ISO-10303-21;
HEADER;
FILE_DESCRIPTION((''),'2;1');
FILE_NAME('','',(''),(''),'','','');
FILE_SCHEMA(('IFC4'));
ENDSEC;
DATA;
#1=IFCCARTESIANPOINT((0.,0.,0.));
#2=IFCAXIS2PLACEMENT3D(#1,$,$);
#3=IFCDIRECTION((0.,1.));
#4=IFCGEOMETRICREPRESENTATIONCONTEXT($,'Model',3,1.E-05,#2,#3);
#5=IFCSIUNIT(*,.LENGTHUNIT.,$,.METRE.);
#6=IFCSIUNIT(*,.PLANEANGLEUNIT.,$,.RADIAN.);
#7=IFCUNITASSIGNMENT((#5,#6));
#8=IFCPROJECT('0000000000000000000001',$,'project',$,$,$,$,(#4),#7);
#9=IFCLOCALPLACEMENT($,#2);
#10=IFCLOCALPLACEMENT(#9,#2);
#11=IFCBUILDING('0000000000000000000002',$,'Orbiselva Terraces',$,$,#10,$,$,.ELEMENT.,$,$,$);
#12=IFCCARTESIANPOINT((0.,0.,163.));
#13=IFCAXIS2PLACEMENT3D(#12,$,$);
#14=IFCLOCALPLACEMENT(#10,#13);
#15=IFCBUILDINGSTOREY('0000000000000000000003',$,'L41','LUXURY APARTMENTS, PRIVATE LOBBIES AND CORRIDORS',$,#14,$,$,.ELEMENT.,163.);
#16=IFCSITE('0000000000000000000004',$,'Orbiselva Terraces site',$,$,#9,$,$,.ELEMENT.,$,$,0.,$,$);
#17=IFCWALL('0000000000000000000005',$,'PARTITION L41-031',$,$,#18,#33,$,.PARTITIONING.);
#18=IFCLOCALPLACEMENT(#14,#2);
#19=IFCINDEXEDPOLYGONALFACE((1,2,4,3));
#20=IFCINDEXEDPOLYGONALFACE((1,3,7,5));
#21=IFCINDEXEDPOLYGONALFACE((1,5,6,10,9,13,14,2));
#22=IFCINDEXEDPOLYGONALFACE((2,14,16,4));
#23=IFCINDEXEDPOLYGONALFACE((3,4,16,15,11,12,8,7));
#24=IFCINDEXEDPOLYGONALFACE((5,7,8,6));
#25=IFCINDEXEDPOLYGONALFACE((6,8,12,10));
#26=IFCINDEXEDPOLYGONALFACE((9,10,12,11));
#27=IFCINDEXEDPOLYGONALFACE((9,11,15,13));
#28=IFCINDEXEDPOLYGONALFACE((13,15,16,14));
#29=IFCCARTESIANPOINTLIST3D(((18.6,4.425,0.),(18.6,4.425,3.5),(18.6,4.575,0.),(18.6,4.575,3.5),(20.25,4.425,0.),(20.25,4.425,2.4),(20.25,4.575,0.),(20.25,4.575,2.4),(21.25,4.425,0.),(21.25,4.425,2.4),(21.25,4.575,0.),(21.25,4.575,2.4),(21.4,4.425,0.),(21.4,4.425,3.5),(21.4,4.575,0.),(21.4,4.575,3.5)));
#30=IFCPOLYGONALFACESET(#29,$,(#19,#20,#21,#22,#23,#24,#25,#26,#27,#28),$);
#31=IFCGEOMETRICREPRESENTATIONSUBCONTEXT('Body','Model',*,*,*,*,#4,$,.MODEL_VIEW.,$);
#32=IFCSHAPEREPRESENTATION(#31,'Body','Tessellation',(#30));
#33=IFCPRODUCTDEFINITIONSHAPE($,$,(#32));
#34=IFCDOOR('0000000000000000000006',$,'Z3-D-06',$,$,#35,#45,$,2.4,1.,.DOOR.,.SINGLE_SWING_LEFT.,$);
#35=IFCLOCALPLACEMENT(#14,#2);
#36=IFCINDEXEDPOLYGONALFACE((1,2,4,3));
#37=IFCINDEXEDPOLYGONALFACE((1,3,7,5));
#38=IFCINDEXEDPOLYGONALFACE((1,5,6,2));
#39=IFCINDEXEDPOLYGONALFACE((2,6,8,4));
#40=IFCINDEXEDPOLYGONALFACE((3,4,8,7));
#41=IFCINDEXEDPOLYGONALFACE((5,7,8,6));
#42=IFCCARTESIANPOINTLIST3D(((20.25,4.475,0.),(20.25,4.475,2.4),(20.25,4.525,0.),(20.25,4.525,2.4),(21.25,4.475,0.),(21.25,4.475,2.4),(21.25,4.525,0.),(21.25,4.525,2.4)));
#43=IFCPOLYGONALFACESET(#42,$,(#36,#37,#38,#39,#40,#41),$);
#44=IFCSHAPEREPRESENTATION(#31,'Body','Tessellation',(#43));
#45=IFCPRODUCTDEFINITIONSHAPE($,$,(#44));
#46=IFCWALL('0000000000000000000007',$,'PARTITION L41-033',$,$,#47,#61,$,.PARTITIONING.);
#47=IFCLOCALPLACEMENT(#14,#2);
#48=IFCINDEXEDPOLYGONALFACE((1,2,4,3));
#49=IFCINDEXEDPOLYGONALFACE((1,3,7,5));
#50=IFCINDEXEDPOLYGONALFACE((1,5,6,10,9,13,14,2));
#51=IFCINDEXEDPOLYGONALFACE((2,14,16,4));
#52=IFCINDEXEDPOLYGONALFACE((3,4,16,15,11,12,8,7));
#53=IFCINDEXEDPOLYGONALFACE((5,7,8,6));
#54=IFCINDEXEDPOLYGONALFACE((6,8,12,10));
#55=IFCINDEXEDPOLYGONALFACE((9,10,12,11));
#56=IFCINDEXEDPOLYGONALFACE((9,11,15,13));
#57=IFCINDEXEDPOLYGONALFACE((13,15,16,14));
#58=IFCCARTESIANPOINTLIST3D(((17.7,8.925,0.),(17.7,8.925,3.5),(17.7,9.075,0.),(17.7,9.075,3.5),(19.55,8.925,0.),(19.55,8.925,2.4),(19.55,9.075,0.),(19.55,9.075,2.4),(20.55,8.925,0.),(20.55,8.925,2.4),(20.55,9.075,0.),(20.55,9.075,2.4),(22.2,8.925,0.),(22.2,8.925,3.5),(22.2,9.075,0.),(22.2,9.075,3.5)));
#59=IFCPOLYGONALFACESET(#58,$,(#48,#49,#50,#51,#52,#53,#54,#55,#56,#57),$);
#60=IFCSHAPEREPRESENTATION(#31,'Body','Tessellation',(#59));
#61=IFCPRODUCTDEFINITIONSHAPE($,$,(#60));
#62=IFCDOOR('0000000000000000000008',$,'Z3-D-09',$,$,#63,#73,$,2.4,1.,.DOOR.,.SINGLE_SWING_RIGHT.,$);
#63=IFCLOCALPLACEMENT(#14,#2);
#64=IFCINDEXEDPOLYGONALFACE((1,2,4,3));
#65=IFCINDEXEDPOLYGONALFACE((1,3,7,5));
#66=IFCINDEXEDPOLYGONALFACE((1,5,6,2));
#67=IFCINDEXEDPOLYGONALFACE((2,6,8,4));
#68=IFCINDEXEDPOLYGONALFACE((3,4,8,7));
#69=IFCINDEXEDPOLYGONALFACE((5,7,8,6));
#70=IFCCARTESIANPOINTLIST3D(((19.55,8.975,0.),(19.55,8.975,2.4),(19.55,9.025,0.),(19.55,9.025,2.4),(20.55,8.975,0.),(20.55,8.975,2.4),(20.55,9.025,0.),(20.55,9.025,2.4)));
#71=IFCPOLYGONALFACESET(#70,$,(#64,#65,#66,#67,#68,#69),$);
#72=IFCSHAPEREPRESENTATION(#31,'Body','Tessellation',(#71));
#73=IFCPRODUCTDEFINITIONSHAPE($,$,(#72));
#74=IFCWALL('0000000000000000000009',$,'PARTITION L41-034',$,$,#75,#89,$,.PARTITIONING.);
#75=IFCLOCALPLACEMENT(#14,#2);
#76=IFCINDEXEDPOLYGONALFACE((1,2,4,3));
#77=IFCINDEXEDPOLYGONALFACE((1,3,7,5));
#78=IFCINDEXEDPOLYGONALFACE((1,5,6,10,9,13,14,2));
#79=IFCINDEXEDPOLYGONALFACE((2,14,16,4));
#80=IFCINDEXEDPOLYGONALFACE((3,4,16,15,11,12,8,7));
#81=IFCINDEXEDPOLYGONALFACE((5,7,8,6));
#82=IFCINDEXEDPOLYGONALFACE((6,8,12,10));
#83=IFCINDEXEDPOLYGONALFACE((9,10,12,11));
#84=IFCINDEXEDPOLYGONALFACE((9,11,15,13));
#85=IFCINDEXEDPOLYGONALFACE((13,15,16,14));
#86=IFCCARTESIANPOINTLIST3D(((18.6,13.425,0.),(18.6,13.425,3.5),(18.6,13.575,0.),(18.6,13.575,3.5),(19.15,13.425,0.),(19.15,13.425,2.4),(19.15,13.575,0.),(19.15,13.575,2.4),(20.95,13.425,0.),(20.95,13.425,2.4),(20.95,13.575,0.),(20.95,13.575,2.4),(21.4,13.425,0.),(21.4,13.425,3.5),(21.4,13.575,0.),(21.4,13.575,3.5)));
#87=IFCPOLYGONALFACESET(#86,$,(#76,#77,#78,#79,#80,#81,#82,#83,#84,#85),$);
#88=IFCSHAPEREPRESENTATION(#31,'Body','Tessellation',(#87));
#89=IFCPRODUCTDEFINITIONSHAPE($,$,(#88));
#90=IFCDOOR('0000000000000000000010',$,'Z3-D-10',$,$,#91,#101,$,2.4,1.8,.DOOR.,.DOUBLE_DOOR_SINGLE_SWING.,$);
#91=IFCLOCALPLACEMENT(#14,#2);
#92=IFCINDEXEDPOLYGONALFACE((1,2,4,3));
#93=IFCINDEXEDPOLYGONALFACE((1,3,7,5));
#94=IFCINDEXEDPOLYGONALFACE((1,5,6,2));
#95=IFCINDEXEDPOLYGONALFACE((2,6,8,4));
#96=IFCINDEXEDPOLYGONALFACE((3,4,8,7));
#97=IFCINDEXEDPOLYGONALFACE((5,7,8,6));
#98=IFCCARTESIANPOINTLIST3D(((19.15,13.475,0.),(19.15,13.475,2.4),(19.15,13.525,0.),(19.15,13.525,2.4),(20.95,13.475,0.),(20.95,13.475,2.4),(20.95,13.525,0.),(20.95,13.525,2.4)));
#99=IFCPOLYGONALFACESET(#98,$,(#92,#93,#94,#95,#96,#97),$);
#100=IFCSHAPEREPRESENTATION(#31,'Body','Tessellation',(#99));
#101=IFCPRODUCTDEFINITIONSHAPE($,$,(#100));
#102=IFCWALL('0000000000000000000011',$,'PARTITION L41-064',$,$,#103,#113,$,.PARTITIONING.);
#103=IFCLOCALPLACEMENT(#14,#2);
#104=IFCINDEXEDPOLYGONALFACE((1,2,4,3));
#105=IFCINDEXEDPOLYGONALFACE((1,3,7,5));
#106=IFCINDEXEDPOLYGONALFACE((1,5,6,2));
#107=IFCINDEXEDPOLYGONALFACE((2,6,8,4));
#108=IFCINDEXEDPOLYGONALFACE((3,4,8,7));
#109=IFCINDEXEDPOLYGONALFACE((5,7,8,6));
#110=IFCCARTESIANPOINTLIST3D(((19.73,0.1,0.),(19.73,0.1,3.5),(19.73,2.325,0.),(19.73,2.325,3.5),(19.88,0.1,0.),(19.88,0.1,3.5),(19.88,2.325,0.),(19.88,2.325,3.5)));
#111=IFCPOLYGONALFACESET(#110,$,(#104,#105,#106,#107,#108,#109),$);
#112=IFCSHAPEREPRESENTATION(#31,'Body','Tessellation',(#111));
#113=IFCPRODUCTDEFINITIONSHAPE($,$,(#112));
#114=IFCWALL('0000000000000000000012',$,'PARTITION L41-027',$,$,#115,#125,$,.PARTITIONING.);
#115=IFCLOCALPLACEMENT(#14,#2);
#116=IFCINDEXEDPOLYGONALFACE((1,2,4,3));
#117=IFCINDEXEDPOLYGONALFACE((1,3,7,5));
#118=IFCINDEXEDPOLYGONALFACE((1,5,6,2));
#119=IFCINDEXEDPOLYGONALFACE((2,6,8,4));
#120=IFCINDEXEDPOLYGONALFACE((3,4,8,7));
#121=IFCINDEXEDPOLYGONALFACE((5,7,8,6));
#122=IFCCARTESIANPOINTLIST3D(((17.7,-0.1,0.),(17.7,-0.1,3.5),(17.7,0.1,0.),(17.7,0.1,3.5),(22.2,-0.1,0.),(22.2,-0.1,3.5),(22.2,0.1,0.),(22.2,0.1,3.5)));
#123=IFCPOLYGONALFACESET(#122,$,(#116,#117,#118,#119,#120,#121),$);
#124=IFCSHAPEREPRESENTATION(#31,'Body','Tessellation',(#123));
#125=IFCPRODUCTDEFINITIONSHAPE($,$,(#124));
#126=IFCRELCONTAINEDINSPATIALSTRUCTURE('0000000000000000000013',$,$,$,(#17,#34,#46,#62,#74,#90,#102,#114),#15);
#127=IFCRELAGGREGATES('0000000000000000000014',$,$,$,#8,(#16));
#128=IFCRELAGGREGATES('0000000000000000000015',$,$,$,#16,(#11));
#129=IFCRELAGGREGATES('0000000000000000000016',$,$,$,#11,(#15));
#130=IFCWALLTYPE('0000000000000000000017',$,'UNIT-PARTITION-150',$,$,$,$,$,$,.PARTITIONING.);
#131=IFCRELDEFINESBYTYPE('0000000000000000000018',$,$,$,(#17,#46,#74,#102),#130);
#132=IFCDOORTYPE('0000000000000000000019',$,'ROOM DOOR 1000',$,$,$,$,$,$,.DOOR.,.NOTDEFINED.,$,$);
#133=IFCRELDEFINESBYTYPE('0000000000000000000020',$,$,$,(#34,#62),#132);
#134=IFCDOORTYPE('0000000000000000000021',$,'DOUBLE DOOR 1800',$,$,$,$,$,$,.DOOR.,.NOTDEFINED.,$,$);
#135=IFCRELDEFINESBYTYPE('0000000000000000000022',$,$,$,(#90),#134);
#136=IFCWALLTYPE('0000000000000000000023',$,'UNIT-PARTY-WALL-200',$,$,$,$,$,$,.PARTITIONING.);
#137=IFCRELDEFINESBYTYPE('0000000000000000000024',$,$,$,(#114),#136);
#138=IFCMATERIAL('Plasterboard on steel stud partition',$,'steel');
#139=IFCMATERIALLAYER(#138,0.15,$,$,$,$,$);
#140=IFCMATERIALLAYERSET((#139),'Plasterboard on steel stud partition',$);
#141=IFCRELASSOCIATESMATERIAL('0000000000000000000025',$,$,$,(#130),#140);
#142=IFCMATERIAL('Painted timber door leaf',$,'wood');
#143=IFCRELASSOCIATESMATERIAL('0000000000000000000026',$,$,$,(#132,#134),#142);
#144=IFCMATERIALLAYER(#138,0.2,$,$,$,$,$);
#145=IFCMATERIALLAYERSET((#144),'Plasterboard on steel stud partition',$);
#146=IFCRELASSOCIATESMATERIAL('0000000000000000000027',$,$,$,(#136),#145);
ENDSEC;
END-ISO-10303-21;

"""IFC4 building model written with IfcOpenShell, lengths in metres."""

from ifc_helpers import new_model, si_unit, direction, frame, frame_2d, origin, place, context, subcontext, project, spatial, rectangle, extrude, material, layer, layer_set, type_object, element, fill, save


model = new_model("IFC4")

# Units and contexts
model_context = context("Model", 3, precision=1e-05, world=origin(), true_north=direction((0.0, 1.0)))
body_context = subcontext(model_context, "Body", "Model", "MODEL_VIEW")
ifc_project = project(units=[si_unit("LENGTHUNIT", "METRE"), si_unit("PLANEANGLEUNIT", "RADIAN")], contexts=[model_context])

# Site, building, storey
site_placement = place(None, origin())
site = spatial("IfcSite", under=ifc_project, at=site_placement, Name="Orbiselva Terraces site", CompositionType="ELEMENT", RefElevation=0.0)
building_placement = place(site_placement, origin())
building = spatial("IfcBuilding", under=site, at=building_placement, Name="Orbiselva Terraces", CompositionType="ELEMENT")
storey_placement = place(building_placement, frame((0.0, 0.0, 163.0)))
storey = spatial("IfcBuildingStorey", under=building, at=storey_placement, Name="L41", Description="LUXURY APARTMENTS, PRIVATE LOBBIES AND CORRIDORS", CompositionType="ELEMENT", Elevation=163.0)

# Shared definitions
ifc_material_1 = material(Name="Plasterboard on steel stud partition", Category="steel")
ifc_material_2 = material(Name="Painted timber door leaf", Category="wood")

# Walls, openings, doors
ifc_layer_1 = layer(ifc_material_1, 0.15)
ifc_layer_set_1 = layer_set([ifc_layer_1], Name="Plasterboard on steel stud partition")
wall_type_1 = type_object("IfcWallType", Name="UNIT-PARTITION-150", PredefinedType="PARTITIONING", material=ifc_layer_set_1)
wall_1_placement = place(storey_placement, frame((21.4, 4.5, 0.0), z_axis=(0.0, 0.0, 1.0), x_axis=(-1.0, 0.0, 0.0)))
wall_1 = element("IfcWall", 1, at=wall_1_placement, inside=storey, type_object=wall_type_1, Name="PARTITION L41-031", PredefinedType="PARTITIONING", context=body_context, shape_type="SweptSolid", body=[
    extrude(rectangle(XDim=2.8, YDim=0.15, at=frame_2d((1.4, 0.0))), origin(), (0.0, 0.0, 1.0), 3.5),
])
opening_1_placement = place(wall_1_placement, frame((0.15, 0.0, 0.0)))
opening_1 = element("IfcOpeningElement", 2, at=opening_1_placement, cuts=wall_1, PredefinedType="OPENING", context=body_context, shape_type="SweptSolid", body=[
    extrude(rectangle(XDim=1.0, YDim=2.4, at=frame_2d((0.5, 1.2))), frame((0.0, 0.085, 0.0), z_axis=(0.0, -1.0, 0.0), x_axis=(1.0, 0.0, 0.0)), (0.0, 0.0, 1.0), 0.17),
])
door_type_1 = type_object("IfcDoorType", Name="ROOM DOOR 1000", OperationType="NOTDEFINED", PredefinedType="DOOR", material=ifc_material_2)
door_1_placement = place(opening_1_placement, origin())
door_1 = element("IfcDoor", 3, at=door_1_placement, inside=storey, type_object=door_type_1, Name="Z3-D-06", OperationType="SINGLE_SWING_LEFT", OverallHeight=2.4, OverallWidth=1.0, PredefinedType="DOOR", context=body_context, shape_type="SweptSolid", body=[
    extrude(rectangle(XDim=1.0, YDim=2.4, at=frame_2d((0.5, 1.2))), frame((0.0, 0.025, 0.0), z_axis=(0.0, -1.0, 0.0), x_axis=(1.0, 0.0, 0.0)), (0.0, 0.0, 1.0), 0.05),
])
fill(opening_1, door_1)
wall_2_placement = place(storey_placement, frame((17.7, 9.0, 0.0), z_axis=(0.0, 0.0, 1.0), x_axis=(1.0, 0.0, 0.0)))
wall_2 = element("IfcWall", 4, at=wall_2_placement, inside=storey, type_object=wall_type_1, Name="PARTITION L41-033", PredefinedType="PARTITIONING", context=body_context, shape_type="SweptSolid", body=[
    extrude(rectangle(XDim=4.5, YDim=0.15, at=frame_2d((2.25, 0.0))), origin(), (0.0, 0.0, 1.0), 3.5),
])
opening_2_placement = place(wall_2_placement, frame((1.85, 0.0, 0.0)))
opening_2 = element("IfcOpeningElement", 5, at=opening_2_placement, cuts=wall_2, PredefinedType="OPENING", context=body_context, shape_type="SweptSolid", body=[
    extrude(rectangle(XDim=1.0, YDim=2.4, at=frame_2d((0.5, 1.2))), frame((0.0, 0.085, 0.0), z_axis=(0.0, -1.0, 0.0), x_axis=(1.0, 0.0, 0.0)), (0.0, 0.0, 1.0), 0.17),
])
door_2_placement = place(opening_2_placement, origin())
door_2 = element("IfcDoor", 6, at=door_2_placement, inside=storey, type_object=door_type_1, Name="Z3-D-09", OperationType="SINGLE_SWING_RIGHT", OverallHeight=2.4, OverallWidth=1.0, PredefinedType="DOOR", context=body_context, shape_type="SweptSolid", body=[
    extrude(rectangle(XDim=1.0, YDim=2.4, at=frame_2d((0.5, 1.2))), frame((0.0, 0.025, 0.0), z_axis=(0.0, -1.0, 0.0), x_axis=(1.0, 0.0, 0.0)), (0.0, 0.0, 1.0), 0.05),
])
fill(opening_2, door_2)
wall_3_placement = place(storey_placement, frame((18.6, 13.5, 0.0), z_axis=(0.0, 0.0, 1.0), x_axis=(1.0, 0.0, 0.0)))
wall_3 = element("IfcWall", 7, at=wall_3_placement, inside=storey, type_object=wall_type_1, Name="PARTITION L41-034", PredefinedType="PARTITIONING", context=body_context, shape_type="SweptSolid", body=[
    extrude(rectangle(XDim=2.8, YDim=0.15, at=frame_2d((1.4, 0.0))), origin(), (0.0, 0.0, 1.0), 3.5),
])
opening_3_placement = place(wall_3_placement, frame((0.55, 0.0, 0.0)))
opening_3 = element("IfcOpeningElement", 8, at=opening_3_placement, cuts=wall_3, PredefinedType="OPENING", context=body_context, shape_type="SweptSolid", body=[
    extrude(rectangle(XDim=1.8, YDim=2.4, at=frame_2d((0.9, 1.2))), frame((0.0, 0.085, 0.0), z_axis=(0.0, -1.0, 0.0), x_axis=(1.0, 0.0, 0.0)), (0.0, 0.0, 1.0), 0.17),
])
door_type_2 = type_object("IfcDoorType", Name="DOUBLE DOOR 1800", OperationType="NOTDEFINED", PredefinedType="DOOR", material=ifc_material_2)
door_3_placement = place(opening_3_placement, origin())
door_3 = element("IfcDoor", 9, at=door_3_placement, inside=storey, type_object=door_type_2, Name="Z3-D-10", OperationType="DOUBLE_DOOR_SINGLE_SWING", OverallHeight=2.4, OverallWidth=1.8, PredefinedType="DOOR", context=body_context, shape_type="SweptSolid", body=[
    extrude(rectangle(XDim=1.8, YDim=2.4, at=frame_2d((0.9, 1.2))), frame((0.0, 0.025, 0.0), z_axis=(0.0, -1.0, 0.0), x_axis=(1.0, 0.0, 0.0)), (0.0, 0.0, 1.0), 0.05),
])
fill(opening_3, door_3)

# Walls
wall_4_placement = place(storey_placement, frame((19.805, 0.1, 0.0), z_axis=(0.0, 0.0, 1.0), x_axis=(0.0, 1.0, 0.0)))
element("IfcWall", 10, at=wall_4_placement, inside=storey, type_object=wall_type_1, Name="PARTITION L41-064", PredefinedType="PARTITIONING", context=body_context, shape_type="SweptSolid", body=[
    extrude(rectangle(XDim=2.225, YDim=0.15, at=frame_2d((1.1125, 0.0))), origin(), (0.0, 0.0, 1.0), 3.5),
])
ifc_layer_2 = layer(ifc_material_1, 0.2)
ifc_layer_set_2 = layer_set([ifc_layer_2], Name="Plasterboard on steel stud partition")
wall_type_2 = type_object("IfcWallType", Name="UNIT-PARTY-WALL-200", PredefinedType="PARTITIONING", material=ifc_layer_set_2)
wall_5_placement = place(storey_placement, frame((17.7, 0.0, 0.0), z_axis=(0.0, 0.0, 1.0), x_axis=(1.0, 0.0, 0.0)))
element("IfcWall", 11, at=wall_5_placement, inside=storey, type_object=wall_type_2, Name="PARTITION L41-027", PredefinedType="PARTITIONING", context=body_context, shape_type="SweptSolid", body=[
    extrude(rectangle(XDim=4.5, YDim=0.2, at=frame_2d((2.25, 0.0))), origin(), (0.0, 0.0, 1.0), 3.5),
])

save(model, "model.ifc")
